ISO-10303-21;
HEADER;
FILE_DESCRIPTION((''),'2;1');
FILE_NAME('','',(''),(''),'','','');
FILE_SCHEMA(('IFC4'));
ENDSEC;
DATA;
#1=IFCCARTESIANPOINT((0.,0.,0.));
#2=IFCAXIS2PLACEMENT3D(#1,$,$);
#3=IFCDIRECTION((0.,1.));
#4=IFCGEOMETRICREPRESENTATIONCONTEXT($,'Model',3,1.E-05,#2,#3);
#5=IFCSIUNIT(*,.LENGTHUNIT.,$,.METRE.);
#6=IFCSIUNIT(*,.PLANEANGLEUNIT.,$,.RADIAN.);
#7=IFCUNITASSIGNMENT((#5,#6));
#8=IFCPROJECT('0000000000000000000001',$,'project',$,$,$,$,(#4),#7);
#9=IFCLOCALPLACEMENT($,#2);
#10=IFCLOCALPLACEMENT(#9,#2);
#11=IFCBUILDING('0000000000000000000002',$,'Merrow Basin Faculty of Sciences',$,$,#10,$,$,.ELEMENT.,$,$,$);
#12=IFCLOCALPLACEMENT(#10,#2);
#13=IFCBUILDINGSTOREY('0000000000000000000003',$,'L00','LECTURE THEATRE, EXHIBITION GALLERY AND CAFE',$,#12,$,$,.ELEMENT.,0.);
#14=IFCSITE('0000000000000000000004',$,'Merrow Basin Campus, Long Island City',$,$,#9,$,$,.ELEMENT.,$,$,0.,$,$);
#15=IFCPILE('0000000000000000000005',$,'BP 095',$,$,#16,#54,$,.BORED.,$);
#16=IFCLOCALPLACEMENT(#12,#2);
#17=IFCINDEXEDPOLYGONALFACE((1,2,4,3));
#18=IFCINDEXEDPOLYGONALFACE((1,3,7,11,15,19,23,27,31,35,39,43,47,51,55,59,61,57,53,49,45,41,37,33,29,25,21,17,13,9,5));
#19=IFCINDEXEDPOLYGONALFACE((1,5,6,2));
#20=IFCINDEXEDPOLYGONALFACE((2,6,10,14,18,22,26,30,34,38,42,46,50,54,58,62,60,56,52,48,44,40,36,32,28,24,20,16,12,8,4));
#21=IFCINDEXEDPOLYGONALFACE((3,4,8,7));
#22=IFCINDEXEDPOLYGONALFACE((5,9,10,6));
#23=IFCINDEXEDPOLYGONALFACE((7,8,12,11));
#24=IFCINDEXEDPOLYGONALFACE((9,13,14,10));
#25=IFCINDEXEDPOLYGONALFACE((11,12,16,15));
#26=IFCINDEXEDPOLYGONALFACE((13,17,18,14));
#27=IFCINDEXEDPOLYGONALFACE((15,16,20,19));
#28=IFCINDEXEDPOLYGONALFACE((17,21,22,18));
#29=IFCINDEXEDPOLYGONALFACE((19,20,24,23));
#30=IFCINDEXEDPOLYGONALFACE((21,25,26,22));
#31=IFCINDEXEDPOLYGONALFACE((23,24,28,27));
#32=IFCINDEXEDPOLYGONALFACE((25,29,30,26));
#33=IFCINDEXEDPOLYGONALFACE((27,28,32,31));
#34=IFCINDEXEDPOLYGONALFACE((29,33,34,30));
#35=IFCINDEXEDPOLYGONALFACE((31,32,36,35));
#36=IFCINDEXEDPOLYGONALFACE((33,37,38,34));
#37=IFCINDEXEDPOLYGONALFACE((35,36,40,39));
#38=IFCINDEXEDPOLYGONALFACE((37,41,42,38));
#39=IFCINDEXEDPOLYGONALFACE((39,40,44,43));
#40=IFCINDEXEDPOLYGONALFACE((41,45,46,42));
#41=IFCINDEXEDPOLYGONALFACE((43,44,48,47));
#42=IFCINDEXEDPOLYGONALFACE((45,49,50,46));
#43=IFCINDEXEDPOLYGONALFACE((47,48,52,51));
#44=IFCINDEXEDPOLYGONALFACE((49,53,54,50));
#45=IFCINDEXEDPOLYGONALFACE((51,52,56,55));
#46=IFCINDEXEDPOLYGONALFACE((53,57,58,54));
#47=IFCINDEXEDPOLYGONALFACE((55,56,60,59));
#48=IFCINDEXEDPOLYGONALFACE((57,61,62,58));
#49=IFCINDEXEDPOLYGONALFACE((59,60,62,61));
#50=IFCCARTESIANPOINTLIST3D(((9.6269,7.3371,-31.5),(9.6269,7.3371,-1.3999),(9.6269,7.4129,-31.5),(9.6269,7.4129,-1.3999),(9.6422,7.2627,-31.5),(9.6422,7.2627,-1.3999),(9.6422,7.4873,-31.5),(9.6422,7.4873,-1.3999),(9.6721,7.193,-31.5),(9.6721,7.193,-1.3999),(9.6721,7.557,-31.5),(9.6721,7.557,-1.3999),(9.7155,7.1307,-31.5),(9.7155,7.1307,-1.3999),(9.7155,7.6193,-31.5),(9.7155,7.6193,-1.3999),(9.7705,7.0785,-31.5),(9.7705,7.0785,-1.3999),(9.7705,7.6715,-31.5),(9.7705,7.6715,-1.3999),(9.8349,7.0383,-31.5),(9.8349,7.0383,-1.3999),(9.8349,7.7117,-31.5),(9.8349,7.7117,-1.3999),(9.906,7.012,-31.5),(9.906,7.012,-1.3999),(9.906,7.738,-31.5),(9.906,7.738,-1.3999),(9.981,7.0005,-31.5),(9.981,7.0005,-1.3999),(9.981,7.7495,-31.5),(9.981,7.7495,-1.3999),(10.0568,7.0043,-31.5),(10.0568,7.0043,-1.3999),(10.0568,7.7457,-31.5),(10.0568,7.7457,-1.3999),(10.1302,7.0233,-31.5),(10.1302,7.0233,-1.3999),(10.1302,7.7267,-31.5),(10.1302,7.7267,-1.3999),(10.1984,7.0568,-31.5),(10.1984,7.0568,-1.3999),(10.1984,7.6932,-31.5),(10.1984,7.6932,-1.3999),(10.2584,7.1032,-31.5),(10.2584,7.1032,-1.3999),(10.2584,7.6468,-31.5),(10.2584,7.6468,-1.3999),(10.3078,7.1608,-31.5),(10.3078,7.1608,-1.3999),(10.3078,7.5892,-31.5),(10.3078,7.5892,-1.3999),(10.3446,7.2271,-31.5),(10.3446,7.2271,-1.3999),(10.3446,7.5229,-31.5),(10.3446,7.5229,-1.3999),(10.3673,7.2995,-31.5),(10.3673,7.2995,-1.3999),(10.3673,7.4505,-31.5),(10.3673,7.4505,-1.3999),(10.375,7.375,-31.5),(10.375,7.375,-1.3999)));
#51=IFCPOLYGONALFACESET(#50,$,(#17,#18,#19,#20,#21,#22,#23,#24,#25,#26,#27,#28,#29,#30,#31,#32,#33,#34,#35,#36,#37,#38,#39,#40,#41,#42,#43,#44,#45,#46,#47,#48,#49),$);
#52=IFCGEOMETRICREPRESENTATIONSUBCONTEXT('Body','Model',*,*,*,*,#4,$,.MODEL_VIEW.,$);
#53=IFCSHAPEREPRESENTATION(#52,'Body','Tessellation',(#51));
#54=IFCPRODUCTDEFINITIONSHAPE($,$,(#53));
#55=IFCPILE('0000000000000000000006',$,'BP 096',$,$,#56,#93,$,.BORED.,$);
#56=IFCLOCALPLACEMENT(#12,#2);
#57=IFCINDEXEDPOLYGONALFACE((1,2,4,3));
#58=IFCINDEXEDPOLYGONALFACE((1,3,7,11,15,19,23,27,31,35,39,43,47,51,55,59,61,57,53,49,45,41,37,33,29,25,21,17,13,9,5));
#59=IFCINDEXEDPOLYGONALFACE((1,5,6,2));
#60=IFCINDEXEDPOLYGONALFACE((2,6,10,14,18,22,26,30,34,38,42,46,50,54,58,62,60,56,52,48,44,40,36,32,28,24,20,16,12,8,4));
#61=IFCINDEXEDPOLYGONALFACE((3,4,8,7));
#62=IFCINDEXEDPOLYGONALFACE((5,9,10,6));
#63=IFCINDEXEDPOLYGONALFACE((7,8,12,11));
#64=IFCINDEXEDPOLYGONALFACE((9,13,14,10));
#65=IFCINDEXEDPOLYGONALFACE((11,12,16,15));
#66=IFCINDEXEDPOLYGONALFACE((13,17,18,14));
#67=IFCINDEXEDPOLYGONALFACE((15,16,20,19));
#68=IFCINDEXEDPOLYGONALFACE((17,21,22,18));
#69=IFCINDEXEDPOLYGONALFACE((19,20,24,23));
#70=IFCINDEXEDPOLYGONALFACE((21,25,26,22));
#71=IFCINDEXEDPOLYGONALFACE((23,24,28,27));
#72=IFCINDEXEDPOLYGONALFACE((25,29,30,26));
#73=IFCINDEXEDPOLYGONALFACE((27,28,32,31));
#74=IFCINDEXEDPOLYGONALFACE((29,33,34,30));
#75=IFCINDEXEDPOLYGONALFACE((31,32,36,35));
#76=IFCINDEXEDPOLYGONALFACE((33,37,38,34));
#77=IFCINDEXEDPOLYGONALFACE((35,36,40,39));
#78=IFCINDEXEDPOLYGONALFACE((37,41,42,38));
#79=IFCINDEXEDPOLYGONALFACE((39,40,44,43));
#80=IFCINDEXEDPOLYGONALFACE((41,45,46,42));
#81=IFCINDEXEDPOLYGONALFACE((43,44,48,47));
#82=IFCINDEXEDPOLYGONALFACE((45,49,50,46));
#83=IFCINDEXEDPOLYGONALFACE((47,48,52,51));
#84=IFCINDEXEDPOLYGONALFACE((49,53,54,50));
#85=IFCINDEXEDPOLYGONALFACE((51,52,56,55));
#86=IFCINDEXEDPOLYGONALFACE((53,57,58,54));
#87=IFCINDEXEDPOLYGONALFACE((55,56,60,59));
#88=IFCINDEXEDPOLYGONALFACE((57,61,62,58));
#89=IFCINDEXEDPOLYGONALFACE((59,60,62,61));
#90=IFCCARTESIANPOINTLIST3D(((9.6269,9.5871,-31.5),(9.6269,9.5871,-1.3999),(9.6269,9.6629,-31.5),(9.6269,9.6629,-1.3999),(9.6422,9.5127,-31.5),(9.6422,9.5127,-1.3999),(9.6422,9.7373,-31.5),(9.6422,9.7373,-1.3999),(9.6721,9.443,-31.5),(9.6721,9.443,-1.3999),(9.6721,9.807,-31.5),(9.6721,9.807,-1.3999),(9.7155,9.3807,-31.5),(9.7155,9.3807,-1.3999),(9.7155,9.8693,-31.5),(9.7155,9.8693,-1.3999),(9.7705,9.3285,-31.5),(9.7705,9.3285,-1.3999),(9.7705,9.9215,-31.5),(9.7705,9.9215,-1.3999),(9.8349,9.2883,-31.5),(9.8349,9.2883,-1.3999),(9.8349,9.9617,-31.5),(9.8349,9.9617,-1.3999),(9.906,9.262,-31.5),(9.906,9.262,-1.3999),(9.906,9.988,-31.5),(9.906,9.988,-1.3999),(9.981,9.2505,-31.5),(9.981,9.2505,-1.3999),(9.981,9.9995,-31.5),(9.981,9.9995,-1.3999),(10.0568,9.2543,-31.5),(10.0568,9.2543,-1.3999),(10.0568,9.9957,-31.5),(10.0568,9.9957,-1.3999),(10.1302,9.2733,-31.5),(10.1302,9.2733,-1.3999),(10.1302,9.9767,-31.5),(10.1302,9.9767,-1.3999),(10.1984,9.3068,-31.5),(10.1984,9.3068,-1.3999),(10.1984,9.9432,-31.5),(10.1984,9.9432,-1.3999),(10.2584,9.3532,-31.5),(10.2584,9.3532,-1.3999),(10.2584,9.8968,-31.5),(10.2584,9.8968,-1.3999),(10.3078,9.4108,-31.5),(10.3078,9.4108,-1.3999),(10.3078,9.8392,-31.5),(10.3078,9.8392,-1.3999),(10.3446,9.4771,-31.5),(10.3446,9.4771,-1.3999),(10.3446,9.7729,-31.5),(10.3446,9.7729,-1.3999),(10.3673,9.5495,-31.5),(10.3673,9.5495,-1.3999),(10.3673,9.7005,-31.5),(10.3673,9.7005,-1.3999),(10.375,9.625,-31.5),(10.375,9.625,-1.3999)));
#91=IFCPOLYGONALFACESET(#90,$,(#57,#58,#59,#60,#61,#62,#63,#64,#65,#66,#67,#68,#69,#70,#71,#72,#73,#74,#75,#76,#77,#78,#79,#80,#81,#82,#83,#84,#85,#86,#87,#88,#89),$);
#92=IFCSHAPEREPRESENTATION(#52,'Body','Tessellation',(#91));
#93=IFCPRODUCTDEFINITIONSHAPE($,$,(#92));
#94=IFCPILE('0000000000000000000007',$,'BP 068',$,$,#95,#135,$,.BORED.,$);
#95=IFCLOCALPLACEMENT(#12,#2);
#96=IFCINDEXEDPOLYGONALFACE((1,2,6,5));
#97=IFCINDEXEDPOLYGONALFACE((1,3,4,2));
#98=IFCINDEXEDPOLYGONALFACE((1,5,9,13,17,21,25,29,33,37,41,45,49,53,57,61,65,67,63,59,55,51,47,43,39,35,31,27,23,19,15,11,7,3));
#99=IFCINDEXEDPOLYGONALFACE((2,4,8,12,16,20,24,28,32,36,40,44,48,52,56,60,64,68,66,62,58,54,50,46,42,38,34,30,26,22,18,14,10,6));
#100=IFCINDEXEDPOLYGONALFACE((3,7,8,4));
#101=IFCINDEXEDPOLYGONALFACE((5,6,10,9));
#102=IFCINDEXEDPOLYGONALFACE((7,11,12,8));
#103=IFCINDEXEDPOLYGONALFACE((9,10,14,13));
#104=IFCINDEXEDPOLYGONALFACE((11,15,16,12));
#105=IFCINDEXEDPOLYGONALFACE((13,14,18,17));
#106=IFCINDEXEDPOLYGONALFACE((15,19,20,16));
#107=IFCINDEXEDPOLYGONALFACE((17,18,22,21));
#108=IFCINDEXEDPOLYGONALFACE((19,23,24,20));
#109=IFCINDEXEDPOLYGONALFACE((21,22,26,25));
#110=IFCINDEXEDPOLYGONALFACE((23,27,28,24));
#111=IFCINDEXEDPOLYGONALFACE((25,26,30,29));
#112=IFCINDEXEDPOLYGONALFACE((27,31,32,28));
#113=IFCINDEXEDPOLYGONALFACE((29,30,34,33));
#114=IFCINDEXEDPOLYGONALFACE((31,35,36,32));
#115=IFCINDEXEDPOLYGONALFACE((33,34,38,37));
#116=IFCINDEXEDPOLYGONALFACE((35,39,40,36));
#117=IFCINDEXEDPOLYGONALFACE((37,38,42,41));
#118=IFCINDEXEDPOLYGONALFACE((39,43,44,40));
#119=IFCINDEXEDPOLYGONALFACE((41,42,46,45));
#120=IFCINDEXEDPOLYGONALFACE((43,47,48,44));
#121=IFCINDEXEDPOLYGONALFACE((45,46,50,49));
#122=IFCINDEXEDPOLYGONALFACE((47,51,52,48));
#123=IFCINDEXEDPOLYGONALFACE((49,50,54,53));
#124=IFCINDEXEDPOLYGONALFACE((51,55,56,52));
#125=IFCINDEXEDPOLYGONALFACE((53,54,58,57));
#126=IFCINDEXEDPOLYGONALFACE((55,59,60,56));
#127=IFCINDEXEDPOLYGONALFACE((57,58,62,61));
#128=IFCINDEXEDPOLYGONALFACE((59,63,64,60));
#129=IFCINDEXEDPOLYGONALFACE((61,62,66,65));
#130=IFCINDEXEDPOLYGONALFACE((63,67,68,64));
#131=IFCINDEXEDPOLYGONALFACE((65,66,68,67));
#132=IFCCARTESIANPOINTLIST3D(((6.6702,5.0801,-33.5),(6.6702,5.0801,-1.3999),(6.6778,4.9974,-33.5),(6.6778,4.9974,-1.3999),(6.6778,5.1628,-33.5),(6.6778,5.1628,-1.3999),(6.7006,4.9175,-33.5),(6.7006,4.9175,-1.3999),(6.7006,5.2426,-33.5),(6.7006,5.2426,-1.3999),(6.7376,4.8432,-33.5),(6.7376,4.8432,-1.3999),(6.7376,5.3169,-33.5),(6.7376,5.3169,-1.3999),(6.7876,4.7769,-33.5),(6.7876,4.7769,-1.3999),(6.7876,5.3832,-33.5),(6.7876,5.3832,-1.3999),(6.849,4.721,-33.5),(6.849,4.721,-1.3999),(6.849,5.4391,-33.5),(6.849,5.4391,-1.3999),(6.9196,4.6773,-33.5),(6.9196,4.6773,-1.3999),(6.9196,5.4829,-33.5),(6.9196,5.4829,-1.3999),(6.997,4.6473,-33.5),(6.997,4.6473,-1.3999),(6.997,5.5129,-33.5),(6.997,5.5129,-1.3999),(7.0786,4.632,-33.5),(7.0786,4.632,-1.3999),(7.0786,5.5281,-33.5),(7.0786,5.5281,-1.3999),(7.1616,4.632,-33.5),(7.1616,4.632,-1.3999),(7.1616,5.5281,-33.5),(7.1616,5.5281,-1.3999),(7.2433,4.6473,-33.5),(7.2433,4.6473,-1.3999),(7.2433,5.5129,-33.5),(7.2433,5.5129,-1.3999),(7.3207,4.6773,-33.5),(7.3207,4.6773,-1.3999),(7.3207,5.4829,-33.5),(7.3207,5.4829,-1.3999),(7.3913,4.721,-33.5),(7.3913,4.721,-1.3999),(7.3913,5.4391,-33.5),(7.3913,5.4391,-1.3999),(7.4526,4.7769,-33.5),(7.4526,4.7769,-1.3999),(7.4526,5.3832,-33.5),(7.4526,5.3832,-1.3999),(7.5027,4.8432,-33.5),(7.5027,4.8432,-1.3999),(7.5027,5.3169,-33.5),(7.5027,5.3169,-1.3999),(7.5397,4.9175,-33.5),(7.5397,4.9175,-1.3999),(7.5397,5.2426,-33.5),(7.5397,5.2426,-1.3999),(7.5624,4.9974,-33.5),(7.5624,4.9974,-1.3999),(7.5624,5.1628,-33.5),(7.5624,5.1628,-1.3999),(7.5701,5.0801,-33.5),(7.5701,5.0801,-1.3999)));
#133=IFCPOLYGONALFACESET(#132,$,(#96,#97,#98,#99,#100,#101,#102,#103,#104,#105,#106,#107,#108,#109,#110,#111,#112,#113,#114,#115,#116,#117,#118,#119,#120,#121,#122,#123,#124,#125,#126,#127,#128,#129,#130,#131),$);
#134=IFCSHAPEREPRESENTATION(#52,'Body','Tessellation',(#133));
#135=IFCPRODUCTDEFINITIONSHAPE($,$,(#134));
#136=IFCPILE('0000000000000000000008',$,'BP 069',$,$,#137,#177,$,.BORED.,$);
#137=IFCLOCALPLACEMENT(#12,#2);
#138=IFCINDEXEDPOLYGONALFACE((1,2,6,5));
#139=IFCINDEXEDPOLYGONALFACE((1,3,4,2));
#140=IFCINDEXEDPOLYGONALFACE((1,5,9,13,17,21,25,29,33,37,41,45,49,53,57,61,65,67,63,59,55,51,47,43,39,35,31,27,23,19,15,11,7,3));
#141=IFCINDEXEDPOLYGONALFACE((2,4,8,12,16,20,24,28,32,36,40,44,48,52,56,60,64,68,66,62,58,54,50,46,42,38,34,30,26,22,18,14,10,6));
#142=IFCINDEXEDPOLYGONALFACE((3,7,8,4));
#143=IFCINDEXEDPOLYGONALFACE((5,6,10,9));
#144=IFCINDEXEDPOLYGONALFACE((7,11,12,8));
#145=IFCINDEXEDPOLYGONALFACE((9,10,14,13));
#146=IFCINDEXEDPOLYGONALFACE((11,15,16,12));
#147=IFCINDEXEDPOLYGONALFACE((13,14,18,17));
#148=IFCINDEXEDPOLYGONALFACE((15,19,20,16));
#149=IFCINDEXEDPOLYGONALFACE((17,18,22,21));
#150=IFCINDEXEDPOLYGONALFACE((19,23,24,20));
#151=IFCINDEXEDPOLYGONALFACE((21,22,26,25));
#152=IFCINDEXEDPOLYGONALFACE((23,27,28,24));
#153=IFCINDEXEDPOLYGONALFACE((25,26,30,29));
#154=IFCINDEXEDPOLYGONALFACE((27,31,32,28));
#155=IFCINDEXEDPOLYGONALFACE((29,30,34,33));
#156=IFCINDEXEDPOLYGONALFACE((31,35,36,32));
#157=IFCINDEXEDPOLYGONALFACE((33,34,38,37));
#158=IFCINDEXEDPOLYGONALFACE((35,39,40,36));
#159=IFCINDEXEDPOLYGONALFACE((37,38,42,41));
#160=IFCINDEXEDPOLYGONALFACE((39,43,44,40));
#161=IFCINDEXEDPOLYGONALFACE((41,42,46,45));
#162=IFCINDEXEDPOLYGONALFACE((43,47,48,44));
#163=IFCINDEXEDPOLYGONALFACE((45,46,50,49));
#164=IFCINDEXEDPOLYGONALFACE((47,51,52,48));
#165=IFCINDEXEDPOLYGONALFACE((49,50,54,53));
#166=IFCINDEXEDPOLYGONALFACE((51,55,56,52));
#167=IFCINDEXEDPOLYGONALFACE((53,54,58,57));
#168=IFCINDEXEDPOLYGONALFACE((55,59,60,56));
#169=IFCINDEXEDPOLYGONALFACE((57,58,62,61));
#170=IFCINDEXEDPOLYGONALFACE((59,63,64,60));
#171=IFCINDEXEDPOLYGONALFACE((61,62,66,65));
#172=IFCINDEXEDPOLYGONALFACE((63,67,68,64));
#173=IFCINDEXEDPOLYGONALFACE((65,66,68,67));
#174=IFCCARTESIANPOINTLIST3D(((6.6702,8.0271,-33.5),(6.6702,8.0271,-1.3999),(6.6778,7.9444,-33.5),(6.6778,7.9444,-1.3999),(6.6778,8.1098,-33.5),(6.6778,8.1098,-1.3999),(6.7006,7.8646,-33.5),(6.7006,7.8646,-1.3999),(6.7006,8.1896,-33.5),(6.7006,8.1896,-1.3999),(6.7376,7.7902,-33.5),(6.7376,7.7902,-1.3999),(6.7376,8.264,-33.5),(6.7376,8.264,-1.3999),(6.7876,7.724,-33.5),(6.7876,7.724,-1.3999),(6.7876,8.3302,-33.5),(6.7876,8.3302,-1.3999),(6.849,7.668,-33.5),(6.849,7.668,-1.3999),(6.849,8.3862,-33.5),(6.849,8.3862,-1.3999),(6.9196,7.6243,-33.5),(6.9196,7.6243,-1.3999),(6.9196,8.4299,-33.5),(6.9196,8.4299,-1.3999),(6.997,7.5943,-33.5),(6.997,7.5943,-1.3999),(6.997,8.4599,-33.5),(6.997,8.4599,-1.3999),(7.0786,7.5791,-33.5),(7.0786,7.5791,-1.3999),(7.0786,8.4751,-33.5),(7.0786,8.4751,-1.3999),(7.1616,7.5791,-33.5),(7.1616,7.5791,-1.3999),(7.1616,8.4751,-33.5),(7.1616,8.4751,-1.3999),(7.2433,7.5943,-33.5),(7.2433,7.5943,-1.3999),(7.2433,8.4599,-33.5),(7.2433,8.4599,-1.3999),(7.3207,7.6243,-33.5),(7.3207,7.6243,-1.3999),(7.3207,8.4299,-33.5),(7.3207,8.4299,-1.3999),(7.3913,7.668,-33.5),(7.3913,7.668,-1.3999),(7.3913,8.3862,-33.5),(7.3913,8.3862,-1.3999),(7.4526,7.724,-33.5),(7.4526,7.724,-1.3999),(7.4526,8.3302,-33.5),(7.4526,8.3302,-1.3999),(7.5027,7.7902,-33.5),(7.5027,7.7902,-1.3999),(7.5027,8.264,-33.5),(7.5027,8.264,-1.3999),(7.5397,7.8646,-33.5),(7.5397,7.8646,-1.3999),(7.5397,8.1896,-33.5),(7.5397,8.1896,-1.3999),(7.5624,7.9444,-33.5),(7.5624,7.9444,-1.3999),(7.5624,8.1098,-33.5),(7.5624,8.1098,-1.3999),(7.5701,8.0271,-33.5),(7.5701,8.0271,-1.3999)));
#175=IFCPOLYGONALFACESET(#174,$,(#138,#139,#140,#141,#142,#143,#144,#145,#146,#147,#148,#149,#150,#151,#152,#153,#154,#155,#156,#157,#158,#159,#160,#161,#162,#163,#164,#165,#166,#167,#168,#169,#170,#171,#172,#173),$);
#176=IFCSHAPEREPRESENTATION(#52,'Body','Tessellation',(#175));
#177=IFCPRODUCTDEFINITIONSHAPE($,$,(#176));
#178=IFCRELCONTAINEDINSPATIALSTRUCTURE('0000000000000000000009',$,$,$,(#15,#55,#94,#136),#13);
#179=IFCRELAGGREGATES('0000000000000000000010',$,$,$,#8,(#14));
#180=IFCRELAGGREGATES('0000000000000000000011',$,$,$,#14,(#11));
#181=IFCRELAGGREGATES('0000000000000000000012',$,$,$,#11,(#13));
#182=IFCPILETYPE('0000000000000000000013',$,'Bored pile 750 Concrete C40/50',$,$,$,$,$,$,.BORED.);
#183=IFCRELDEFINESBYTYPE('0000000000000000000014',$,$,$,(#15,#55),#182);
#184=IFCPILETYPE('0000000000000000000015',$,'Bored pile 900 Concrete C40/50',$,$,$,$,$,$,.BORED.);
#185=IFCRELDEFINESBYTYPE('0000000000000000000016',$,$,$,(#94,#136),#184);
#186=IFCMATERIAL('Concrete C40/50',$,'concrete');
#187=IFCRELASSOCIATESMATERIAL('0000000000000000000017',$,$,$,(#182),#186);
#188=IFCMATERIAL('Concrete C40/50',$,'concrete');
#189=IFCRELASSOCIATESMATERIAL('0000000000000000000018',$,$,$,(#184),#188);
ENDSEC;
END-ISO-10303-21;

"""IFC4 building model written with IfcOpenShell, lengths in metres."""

from ifc_helpers import new_model, si_unit, direction, frame, origin, origin_2d, place, context, subcontext, project, spatial, circle, extrude, material, material_profile, profile_set, type_object, element, save


model = new_model("IFC4")

# Units and contexts
model_context = context("Model", 3, precision=1e-05, world=origin(), true_north=direction((0.0, 1.0)))
body_context = subcontext(model_context, "Body", "Model", "MODEL_VIEW")
ifc_project = project(units=[si_unit("LENGTHUNIT", "METRE"), si_unit("PLANEANGLEUNIT", "RADIAN")], contexts=[model_context])

# Site, building, storey
site_placement = place(None, origin())
site = spatial("IfcSite", under=ifc_project, at=site_placement, Name="Merrow Basin Campus, Long Island City", CompositionType="ELEMENT", RefElevation=0.0)
building_placement = place(site_placement, origin())
building = spatial("IfcBuilding", under=site, at=building_placement, Name="Merrow Basin Faculty of Sciences", CompositionType="ELEMENT")
storey_placement = place(building_placement, origin())
storey = spatial("IfcBuildingStorey", under=building, at=storey_placement, Name="L00", Description="LECTURE THEATRE, EXHIBITION GALLERY AND CAFE", CompositionType="ELEMENT", Elevation=0.0)

# Piles
ifc_material_1 = material(Name="Concrete C40/50", Category="concrete")
ifc_material_profile_1 = material_profile(ifc_material_1, circle(Radius=0.375, at=origin_2d()))
ifc_profile_set_1 = profile_set([ifc_material_profile_1], Name="Concrete C40/50")
pile_type_1 = type_object("IfcPileType", Name="Bored pile 750 Concrete C40/50", PredefinedType="BORED", material=ifc_profile_set_1)
for number, where, z_axis, x_axis, name in (
    (1, (10.0, 7.375, -1.3999), (0.0, 0.0, -1.0), (1.0, 0.0, 0.0), "BP 095"),
    (2, (10.0, 9.625, -1.3999), (0.0, 0.0, -1.0), (1.0, 0.0, 0.0), "BP 096"),
):
    element("IfcPile", number, at=place(storey_placement, frame(where, z_axis=z_axis, x_axis=x_axis)), inside=storey, type_object=pile_type_1, Name=name, PredefinedType="BORED", context=body_context, shape_type="SweptSolid", body=[
        extrude(circle(Radius=0.375, at=origin_2d()), origin(), (0.0, 0.0, 1.0), 30.1001),
    ])
ifc_material_2 = material(Name="Concrete C40/50", Category="concrete")
ifc_material_profile_2 = material_profile(ifc_material_2, circle(Radius=0.45, at=origin_2d()))
ifc_profile_set_2 = profile_set([ifc_material_profile_2], Name="Concrete C40/50")
pile_type_2 = type_object("IfcPileType", Name="Bored pile 900 Concrete C40/50", PredefinedType="BORED", material=ifc_profile_set_2)
for number, where, z_axis, x_axis, name in (
    (3, (7.1201, 5.0801, -1.3999), (0.0, 0.0, -1.0), (1.0, 0.0, 0.0), "BP 068"),
    (4, (7.1201, 8.0271, -1.3999), (0.0, 0.0, -1.0), (1.0, 0.0, 0.0), "BP 069"),
):
    element("IfcPile", number, at=place(storey_placement, frame(where, z_axis=z_axis, x_axis=x_axis)), inside=storey, type_object=pile_type_2, Name=name, PredefinedType="BORED", context=body_context, shape_type="SweptSolid", body=[
        extrude(circle(Radius=0.45, at=origin_2d()), origin(), (0.0, 0.0, 1.0), 32.1001),
    ])

save(model, "model.ifc")
